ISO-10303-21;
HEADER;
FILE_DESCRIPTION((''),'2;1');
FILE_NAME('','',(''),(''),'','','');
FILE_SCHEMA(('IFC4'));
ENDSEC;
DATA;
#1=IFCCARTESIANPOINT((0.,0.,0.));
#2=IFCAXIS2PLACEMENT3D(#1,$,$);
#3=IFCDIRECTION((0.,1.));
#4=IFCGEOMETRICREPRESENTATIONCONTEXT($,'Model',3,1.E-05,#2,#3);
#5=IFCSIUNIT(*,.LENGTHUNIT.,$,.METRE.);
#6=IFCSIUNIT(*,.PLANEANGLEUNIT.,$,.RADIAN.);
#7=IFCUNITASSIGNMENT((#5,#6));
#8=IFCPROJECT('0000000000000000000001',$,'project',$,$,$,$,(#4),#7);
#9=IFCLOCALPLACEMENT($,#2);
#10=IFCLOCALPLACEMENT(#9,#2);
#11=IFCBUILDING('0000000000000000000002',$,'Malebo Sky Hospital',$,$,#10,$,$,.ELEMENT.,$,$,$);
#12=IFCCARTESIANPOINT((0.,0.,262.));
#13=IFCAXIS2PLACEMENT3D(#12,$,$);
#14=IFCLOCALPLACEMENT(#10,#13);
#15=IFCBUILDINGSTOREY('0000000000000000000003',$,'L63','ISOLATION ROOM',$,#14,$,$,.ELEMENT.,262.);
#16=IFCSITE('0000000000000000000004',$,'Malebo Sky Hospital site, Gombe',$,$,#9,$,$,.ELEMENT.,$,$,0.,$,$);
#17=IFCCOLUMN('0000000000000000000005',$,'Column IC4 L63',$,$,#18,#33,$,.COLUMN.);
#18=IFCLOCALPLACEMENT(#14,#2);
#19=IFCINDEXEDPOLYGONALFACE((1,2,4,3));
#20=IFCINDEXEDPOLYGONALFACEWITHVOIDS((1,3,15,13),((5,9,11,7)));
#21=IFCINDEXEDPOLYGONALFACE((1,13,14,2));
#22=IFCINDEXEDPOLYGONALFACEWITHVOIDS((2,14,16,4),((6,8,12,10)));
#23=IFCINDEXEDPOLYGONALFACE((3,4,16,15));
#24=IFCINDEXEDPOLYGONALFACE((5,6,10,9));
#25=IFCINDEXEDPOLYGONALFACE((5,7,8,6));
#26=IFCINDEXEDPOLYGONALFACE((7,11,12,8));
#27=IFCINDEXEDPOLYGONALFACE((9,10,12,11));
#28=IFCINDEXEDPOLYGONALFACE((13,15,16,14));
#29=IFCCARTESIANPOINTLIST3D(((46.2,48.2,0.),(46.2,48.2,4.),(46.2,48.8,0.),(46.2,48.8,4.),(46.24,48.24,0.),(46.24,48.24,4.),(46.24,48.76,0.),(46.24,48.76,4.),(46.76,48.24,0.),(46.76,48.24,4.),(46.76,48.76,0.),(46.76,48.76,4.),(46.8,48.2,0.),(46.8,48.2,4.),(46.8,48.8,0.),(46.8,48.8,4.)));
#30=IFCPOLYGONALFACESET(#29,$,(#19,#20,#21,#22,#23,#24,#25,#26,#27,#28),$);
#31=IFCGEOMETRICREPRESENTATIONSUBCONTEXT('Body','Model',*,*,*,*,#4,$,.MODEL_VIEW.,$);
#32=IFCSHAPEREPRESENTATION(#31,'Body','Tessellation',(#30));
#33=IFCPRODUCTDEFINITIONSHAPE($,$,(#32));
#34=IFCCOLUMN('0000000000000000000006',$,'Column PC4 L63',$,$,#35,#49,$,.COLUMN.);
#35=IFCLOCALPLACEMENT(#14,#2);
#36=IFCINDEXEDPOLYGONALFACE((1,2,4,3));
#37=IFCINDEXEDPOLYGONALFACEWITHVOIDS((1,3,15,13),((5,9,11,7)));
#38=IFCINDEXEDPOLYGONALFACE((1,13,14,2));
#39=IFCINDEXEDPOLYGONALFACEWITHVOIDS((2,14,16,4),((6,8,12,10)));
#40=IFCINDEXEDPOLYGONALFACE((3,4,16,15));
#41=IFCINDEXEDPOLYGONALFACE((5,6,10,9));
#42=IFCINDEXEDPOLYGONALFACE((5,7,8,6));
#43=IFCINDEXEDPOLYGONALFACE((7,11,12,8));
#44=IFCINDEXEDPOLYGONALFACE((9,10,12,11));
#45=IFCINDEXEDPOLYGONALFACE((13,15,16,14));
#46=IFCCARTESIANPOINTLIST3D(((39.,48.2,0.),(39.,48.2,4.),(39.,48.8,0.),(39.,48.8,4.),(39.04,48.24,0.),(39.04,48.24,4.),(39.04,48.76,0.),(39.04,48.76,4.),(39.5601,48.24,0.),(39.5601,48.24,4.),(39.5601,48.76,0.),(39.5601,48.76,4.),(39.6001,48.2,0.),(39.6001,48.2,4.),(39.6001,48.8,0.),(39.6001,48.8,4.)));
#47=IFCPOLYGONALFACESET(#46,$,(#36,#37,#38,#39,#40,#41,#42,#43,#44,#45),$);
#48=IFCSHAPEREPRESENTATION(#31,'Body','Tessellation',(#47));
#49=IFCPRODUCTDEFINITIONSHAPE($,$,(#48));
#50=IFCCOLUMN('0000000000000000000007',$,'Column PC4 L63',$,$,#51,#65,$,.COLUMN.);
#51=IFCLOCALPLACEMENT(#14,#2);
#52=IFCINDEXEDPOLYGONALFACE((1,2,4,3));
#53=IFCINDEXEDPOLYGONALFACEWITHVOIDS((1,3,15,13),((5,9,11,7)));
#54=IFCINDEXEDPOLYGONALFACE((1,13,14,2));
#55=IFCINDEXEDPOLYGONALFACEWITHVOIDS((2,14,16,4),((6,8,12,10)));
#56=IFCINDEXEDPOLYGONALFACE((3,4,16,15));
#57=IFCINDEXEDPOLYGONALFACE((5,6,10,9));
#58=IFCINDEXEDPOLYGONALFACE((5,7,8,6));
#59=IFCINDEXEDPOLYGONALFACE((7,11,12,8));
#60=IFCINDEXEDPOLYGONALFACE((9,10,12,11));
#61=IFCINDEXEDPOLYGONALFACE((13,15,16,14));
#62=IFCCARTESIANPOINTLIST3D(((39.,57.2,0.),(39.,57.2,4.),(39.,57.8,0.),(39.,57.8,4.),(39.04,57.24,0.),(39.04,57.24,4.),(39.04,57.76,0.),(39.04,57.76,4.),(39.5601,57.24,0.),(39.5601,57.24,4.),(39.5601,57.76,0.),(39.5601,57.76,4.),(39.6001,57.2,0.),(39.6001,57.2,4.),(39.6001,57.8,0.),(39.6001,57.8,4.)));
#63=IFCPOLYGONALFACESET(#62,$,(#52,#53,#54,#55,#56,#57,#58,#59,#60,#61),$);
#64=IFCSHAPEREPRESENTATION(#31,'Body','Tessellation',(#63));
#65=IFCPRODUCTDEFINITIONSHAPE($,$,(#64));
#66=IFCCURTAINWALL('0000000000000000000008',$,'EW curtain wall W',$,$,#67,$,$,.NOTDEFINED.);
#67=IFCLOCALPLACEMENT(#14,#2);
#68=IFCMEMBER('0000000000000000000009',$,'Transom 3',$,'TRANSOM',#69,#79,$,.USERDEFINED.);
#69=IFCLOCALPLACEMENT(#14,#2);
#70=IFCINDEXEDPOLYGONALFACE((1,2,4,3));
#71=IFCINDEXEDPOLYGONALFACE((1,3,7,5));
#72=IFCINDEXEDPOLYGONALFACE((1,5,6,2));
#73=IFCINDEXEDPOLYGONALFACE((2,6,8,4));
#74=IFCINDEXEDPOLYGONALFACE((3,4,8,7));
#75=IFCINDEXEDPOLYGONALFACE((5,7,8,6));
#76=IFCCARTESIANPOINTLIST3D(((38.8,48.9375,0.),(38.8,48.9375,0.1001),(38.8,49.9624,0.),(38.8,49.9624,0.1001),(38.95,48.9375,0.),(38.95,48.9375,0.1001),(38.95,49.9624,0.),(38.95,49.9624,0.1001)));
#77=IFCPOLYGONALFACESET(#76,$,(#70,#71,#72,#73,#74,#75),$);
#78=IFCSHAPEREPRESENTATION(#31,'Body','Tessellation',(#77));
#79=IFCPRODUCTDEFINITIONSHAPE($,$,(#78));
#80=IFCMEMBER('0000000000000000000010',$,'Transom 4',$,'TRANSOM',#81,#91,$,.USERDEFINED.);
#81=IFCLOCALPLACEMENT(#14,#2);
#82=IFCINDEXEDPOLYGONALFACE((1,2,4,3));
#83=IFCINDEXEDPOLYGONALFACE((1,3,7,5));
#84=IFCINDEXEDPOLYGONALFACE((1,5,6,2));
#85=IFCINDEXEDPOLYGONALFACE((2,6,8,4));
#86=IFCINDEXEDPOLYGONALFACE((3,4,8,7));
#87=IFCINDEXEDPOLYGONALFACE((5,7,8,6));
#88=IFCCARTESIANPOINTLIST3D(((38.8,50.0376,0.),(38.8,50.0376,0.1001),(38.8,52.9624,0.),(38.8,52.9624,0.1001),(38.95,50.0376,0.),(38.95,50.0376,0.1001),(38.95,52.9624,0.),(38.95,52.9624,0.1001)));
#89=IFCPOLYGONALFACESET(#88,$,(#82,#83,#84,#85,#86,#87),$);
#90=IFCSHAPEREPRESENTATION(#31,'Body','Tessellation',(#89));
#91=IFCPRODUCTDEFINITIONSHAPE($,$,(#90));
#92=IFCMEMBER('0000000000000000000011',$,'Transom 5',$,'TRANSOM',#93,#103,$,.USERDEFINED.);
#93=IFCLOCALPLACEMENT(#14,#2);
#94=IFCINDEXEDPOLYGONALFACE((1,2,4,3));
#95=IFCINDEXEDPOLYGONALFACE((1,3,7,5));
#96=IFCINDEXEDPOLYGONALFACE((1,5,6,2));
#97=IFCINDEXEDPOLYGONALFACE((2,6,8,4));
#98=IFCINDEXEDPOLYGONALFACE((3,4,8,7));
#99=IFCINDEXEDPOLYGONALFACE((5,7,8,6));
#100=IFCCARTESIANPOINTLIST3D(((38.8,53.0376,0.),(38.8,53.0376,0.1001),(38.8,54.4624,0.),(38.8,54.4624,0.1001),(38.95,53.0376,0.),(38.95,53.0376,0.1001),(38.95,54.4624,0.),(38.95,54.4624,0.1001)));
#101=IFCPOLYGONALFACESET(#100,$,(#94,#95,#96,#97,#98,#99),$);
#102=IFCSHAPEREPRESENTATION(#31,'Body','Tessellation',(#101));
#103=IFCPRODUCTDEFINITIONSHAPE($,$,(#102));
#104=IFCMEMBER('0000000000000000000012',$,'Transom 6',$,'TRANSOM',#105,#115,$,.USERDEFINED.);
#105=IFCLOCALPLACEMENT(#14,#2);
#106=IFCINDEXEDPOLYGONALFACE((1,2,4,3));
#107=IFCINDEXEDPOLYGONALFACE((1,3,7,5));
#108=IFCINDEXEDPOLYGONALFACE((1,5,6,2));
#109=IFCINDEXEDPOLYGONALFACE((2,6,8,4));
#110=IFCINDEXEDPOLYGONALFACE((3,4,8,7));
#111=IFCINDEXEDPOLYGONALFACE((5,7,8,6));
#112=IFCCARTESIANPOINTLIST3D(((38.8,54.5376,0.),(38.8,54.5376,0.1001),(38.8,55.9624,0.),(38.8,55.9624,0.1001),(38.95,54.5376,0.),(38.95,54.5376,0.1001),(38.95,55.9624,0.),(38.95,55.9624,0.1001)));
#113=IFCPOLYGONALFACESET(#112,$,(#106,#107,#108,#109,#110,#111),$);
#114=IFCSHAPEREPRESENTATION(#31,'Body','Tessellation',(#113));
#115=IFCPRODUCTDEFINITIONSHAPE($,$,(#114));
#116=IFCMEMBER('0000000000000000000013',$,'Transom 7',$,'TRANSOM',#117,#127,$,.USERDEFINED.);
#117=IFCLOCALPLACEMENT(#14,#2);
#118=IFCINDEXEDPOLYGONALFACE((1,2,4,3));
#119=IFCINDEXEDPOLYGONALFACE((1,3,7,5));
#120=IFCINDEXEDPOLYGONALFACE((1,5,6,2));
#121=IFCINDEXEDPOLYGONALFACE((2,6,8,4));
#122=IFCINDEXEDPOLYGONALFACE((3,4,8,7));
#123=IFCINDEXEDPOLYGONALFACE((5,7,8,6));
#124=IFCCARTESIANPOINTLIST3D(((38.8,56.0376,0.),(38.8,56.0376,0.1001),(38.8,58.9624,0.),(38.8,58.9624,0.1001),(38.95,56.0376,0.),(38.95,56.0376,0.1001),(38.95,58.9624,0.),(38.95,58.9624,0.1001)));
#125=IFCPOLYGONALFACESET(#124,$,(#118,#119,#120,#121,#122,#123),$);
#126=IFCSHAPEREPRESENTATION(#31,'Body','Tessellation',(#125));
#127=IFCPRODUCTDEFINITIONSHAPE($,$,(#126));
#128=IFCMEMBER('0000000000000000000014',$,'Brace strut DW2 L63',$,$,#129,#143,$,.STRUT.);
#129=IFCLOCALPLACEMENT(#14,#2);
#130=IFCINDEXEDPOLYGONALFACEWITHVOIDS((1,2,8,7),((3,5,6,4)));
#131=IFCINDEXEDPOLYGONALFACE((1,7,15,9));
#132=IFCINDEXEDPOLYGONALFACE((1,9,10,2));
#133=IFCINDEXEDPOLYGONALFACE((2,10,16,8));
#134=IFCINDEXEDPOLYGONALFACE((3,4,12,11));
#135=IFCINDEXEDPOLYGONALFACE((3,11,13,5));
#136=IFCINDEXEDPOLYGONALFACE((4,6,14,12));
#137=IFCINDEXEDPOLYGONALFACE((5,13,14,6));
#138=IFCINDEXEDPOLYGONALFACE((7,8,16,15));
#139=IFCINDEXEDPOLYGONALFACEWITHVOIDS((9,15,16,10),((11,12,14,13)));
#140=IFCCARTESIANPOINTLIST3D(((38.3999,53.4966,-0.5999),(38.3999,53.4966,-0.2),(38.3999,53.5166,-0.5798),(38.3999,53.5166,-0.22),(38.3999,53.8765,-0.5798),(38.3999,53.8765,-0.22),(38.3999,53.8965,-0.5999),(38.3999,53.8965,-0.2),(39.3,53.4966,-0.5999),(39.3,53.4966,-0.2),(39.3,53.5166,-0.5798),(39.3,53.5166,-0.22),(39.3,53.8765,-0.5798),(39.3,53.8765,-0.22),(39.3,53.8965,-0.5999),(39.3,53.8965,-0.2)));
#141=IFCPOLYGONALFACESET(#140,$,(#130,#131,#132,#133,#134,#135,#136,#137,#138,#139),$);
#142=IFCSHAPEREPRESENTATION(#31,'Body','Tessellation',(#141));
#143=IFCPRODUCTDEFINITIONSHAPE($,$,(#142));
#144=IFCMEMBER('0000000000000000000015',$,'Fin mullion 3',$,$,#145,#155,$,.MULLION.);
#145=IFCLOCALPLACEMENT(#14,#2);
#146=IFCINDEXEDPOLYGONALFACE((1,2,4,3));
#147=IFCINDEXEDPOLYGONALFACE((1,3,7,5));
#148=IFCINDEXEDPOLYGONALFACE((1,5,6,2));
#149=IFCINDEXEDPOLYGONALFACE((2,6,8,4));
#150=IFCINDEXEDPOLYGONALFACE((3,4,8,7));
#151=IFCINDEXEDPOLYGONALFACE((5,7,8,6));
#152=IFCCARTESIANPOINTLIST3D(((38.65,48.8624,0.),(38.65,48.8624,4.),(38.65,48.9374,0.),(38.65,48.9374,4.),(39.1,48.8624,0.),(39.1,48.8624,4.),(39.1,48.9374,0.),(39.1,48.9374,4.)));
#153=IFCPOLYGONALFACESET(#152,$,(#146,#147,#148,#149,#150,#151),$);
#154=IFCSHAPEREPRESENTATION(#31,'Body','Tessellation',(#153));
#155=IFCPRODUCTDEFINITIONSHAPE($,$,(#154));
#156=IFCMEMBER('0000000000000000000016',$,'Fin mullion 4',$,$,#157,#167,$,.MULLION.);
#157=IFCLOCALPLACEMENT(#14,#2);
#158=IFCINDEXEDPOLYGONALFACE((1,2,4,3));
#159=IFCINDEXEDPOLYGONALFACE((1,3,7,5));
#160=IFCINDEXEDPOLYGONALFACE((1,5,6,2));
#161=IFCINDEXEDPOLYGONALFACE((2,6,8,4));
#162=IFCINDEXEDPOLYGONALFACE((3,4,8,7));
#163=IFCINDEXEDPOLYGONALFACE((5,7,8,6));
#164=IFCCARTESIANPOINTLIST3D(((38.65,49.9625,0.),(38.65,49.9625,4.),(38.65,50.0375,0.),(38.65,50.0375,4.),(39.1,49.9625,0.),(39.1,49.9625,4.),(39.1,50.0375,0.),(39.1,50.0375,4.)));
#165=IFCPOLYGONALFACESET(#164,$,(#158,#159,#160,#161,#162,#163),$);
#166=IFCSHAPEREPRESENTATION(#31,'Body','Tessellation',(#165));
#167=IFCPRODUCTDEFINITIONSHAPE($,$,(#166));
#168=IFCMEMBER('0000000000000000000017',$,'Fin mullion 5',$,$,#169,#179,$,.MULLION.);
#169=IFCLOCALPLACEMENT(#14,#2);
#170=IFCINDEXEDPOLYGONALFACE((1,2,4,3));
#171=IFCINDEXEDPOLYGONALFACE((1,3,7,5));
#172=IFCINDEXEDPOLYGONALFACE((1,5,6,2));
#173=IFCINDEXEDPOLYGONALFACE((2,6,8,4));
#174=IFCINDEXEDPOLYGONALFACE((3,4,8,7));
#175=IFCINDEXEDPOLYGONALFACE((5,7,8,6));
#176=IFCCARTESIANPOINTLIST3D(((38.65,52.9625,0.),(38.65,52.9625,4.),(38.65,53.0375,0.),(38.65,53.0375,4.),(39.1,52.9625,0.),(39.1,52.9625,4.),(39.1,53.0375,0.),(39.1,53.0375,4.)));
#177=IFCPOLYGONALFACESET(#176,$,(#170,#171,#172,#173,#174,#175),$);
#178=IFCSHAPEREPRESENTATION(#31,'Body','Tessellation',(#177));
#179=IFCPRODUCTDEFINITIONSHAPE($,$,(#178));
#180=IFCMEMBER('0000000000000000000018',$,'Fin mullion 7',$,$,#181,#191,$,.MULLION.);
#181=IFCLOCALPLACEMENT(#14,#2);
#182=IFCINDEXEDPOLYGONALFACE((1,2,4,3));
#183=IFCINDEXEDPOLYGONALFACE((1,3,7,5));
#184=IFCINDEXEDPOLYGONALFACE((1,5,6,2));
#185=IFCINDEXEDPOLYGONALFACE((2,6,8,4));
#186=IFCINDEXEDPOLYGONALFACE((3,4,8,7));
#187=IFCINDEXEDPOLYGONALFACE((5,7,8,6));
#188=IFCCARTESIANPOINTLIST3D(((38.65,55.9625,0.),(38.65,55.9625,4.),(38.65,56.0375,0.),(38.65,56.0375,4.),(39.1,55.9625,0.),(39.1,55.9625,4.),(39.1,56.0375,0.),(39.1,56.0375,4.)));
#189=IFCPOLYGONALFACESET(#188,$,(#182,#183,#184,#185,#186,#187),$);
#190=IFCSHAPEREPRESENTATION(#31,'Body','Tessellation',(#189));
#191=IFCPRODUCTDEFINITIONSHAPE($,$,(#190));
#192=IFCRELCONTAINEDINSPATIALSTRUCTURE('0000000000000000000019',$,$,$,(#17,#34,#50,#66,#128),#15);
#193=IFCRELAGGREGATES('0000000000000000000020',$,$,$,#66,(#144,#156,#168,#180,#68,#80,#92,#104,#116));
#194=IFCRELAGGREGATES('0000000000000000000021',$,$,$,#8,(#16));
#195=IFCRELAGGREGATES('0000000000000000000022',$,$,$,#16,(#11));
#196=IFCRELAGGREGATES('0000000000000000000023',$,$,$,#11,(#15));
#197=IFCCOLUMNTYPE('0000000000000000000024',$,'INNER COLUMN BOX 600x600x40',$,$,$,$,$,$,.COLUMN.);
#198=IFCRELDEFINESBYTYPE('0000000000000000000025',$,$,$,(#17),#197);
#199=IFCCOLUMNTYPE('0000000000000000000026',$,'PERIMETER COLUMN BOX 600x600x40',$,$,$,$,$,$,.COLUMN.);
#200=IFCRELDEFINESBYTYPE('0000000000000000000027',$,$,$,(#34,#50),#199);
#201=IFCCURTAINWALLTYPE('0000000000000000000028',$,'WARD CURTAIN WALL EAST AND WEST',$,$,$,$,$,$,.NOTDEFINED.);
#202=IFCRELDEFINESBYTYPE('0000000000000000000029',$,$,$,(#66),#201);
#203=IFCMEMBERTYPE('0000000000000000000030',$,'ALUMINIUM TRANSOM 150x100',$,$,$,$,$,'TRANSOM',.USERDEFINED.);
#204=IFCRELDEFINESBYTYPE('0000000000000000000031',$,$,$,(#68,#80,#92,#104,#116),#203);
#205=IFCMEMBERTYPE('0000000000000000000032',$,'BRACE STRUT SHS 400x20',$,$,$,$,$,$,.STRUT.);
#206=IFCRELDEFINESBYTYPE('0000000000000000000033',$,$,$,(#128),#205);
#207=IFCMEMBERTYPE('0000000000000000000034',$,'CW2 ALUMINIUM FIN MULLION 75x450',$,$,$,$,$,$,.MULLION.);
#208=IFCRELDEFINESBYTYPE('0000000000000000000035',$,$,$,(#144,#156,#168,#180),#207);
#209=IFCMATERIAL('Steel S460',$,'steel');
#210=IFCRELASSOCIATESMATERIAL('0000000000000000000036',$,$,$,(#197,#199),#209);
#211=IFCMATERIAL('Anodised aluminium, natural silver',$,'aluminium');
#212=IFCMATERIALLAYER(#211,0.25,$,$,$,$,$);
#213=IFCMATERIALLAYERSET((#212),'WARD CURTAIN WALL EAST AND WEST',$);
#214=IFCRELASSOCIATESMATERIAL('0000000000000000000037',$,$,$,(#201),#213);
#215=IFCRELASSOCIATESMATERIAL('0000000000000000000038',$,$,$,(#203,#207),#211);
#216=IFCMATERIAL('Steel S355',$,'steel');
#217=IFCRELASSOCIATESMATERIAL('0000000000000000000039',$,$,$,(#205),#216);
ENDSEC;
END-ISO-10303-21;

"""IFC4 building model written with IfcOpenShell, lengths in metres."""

from ifc_helpers import new_model, si_unit, direction, frame, origin, origin_2d, place, context, subcontext, project, spatial, rectangle, hollow_rectangle, extrude, material, layer, layer_set, material_profile, profile_set, type_object, element, aggregate, save


model = new_model("IFC4")

# Units and contexts
model_context = context("Model", 3, precision=1e-05, world=origin(), true_north=direction((0.0, 1.0)))
body_context = subcontext(model_context, "Body", "Model", "MODEL_VIEW")
ifc_project = project(units=[si_unit("LENGTHUNIT", "METRE"), si_unit("PLANEANGLEUNIT", "RADIAN")], contexts=[model_context])

# Site, building, storey
site_placement = place(None, origin())
site = spatial("IfcSite", under=ifc_project, at=site_placement, Name="Malebo Sky Hospital site, Gombe", CompositionType="ELEMENT", RefElevation=0.0)
building_placement = place(site_placement, origin())
building = spatial("IfcBuilding", under=site, at=building_placement, Name="Malebo Sky Hospital", CompositionType="ELEMENT")
storey_placement = place(building_placement, frame((0.0, 0.0, 262.0)))
storey = spatial("IfcBuildingStorey", under=building, at=storey_placement, Name="L63", Description="ISOLATION ROOM", CompositionType="ELEMENT", Elevation=262.0)

# Columns
ifc_material_1 = material(Name="Steel S460", Category="steel")
ifc_material_profile_1 = material_profile(ifc_material_1, hollow_rectangle(XDim=0.6001, YDim=0.6001, WallThickness=0.04, at=origin_2d()), Name="BOX 600x600x40")
ifc_profile_set_1 = profile_set([ifc_material_profile_1], Name="Steel S460")
column_type_1 = type_object("IfcColumnType", Name="INNER COLUMN BOX 600x600x40", PredefinedType="COLUMN", material=ifc_profile_set_1)
column_placement = place(storey_placement, frame((46.5, 48.5, 0.0), z_axis=(0.0, 0.0, 1.0), x_axis=(1.0, 0.0, 0.0)))
element("IfcColumn", 1, at=column_placement, inside=storey, type_object=column_type_1, Name="Column IC4 L63", PredefinedType="COLUMN", context=body_context, shape_type="SweptSolid", body=[
    extrude(hollow_rectangle(XDim=0.6001, YDim=0.6001, WallThickness=0.04, at=origin_2d()), origin(), (0.0, 0.0, 1.0), 4.0),
])
ifc_material_profile_2 = material_profile(ifc_material_1, hollow_rectangle(XDim=0.6001, YDim=0.6001, WallThickness=0.04, at=origin_2d()), Name="BOX 600x600x40")
ifc_profile_set_2 = profile_set([ifc_material_profile_2], Name="Steel S460")
column_type_2 = type_object("IfcColumnType", Name="PERIMETER COLUMN BOX 600x600x40", PredefinedType="COLUMN", material=ifc_profile_set_2)
for number, where, z_axis, x_axis, name in (
    (2, (39.3, 48.5, 0.0), (0.0, 0.0, 1.0), (1.0, 0.0, 0.0), "Column PC4 L63"),
    (3, (39.3, 57.5, 0.0), (0.0, 0.0, 1.0), (1.0, 0.0, 0.0), "Column PC4 L63"),
):
    element("IfcColumn", number, at=place(storey_placement, frame(where, z_axis=z_axis, x_axis=x_axis)), inside=storey, type_object=column_type_2, Name=name, PredefinedType="COLUMN", context=body_context, shape_type="SweptSolid", body=[
        extrude(hollow_rectangle(XDim=0.6001, YDim=0.6001, WallThickness=0.04, at=origin_2d()), origin(), (0.0, 0.0, 1.0), 4.0),
    ])

# Curtain wall, members
ifc_material_2 = material(Name="Anodised aluminium, natural silver", Category="aluminium")
ifc_layer_1 = layer(ifc_material_2, 0.25)
ifc_layer_set_1 = layer_set([ifc_layer_1], Name="WARD CURTAIN WALL EAST AND WEST")
curtain_wall_type = type_object("IfcCurtainWallType", Name="WARD CURTAIN WALL EAST AND WEST", PredefinedType="NOTDEFINED", material=ifc_layer_set_1)
curtain_wall_placement = place(storey_placement, origin())
curtain_wall = element("IfcCurtainWall", 4, at=curtain_wall_placement, inside=storey, type_object=curtain_wall_type, Name="EW curtain wall W", PredefinedType="NOTDEFINED")
ifc_material_profile_3 = material_profile(ifc_material_2, rectangle(XDim=0.1499, YDim=0.1001, at=origin_2d()), Name="ALUMINIUM TRANSOM 150x100")
ifc_profile_set_3 = profile_set([ifc_material_profile_3], Name="Anodised aluminium, natural silver")
member_type_1 = type_object("IfcMemberType", Name="ALUMINIUM TRANSOM 150x100", ElementType="TRANSOM", PredefinedType="USERDEFINED", material=ifc_profile_set_3)
member_1_placement = place(storey_placement, frame((38.875, 48.9375, 0.05), z_axis=(0.0, 1.0, 0.0), x_axis=(-1.0, 0.0, 0.0)))
member_1 = element("IfcMember", 5, at=member_1_placement, type_object=member_type_1, Name="Transom 3", ObjectType="TRANSOM", PredefinedType="USERDEFINED", context=body_context, shape_type="SweptSolid", body=[
    extrude(rectangle(XDim=0.1499, YDim=0.1001, at=origin_2d()), origin(), (0.0, 0.0, 1.0), 1.0249),
])
member_2_placement = place(storey_placement, frame((38.875, 50.0376, 0.05), z_axis=(0.0, 1.0, 0.0), x_axis=(-1.0, 0.0, 0.0)))
member_2 = element("IfcMember", 6, at=member_2_placement, type_object=member_type_1, Name="Transom 4", ObjectType="TRANSOM", PredefinedType="USERDEFINED", context=body_context, shape_type="SweptSolid", body=[
    extrude(rectangle(XDim=0.1499, YDim=0.1001, at=origin_2d()), origin(), (0.0, 0.0, 1.0), 2.9248),
])
member_3_placement = place(storey_placement, frame((38.875, 53.0376, 0.05), z_axis=(0.0, 1.0, 0.0), x_axis=(-1.0, 0.0, 0.0)))
member_3 = element("IfcMember", 7, at=member_3_placement, type_object=member_type_1, Name="Transom 5", ObjectType="TRANSOM", PredefinedType="USERDEFINED", context=body_context, shape_type="SweptSolid", body=[
    extrude(rectangle(XDim=0.1499, YDim=0.1001, at=origin_2d()), origin(), (0.0, 0.0, 1.0), 1.4248),
])
member_4_placement = place(storey_placement, frame((38.875, 54.5376, 0.05), z_axis=(0.0, 1.0, 0.0), x_axis=(-1.0, 0.0, 0.0)))
member_4 = element("IfcMember", 8, at=member_4_placement, type_object=member_type_1, Name="Transom 6", ObjectType="TRANSOM", PredefinedType="USERDEFINED", context=body_context, shape_type="SweptSolid", body=[
    extrude(rectangle(XDim=0.1499, YDim=0.1001, at=origin_2d()), origin(), (0.0, 0.0, 1.0), 1.4248),
])
member_5_placement = place(storey_placement, frame((38.875, 56.0376, 0.05), z_axis=(0.0, 1.0, 0.0), x_axis=(-1.0, 0.0, 0.0)))
member_5 = element("IfcMember", 9, at=member_5_placement, type_object=member_type_1, Name="Transom 7", ObjectType="TRANSOM", PredefinedType="USERDEFINED", context=body_context, shape_type="SweptSolid", body=[
    extrude(rectangle(XDim=0.1499, YDim=0.1001, at=origin_2d()), origin(), (0.0, 0.0, 1.0), 2.9248),
])

# Members
ifc_material_3 = material(Name="Steel S355", Category="steel")
ifc_material_profile_4 = material_profile(ifc_material_3, hollow_rectangle(XDim=0.3999, YDim=0.3999, WallThickness=0.02, at=origin_2d()), Name="SHS 400x20")
ifc_profile_set_4 = profile_set([ifc_material_profile_4], Name="Steel S355")
member_type_2 = type_object("IfcMemberType", Name="BRACE STRUT SHS 400x20", PredefinedType="STRUT", material=ifc_profile_set_4)
member_6_placement = place(storey_placement, frame((38.3999, 53.6965, -0.3999), z_axis=(1.0, 0.0, 0.0), x_axis=(0.0, 1.0, 0.0)))
element("IfcMember", 10, at=member_6_placement, inside=storey, type_object=member_type_2, Name="Brace strut DW2 L63", PredefinedType="STRUT", context=body_context, shape_type="SweptSolid", body=[
    extrude(hollow_rectangle(XDim=0.3999, YDim=0.3999, WallThickness=0.02, at=origin_2d()), origin(), (0.0, 0.0, 1.0), 0.9001),
])
ifc_material_profile_5 = material_profile(ifc_material_2, rectangle(XDim=0.075, YDim=0.45, at=origin_2d()), Name="CW2 ALUMINIUM FIN MULLION 75x450")
ifc_profile_set_5 = profile_set([ifc_material_profile_5], Name="Anodised aluminium, natural silver")
member_type_3 = type_object("IfcMemberType", Name="CW2 ALUMINIUM FIN MULLION 75x450", PredefinedType="MULLION", material=ifc_profile_set_5)
member_7_placement = place(storey_placement, frame((38.875, 48.8999, 0.0), z_axis=(0.0, 0.0, 1.0), x_axis=(0.0, 1.0, 0.0)))
member_7 = element("IfcMember", 11, at=member_7_placement, type_object=member_type_3, Name="Fin mullion 3", PredefinedType="MULLION", context=body_context, shape_type="SweptSolid", body=[
    extrude(rectangle(XDim=0.075, YDim=0.45, at=origin_2d()), origin(), (0.0, 0.0, 1.0), 4.0),
])
member_8_placement = place(storey_placement, frame((38.875, 50.0, 0.0), z_axis=(0.0, 0.0, 1.0), x_axis=(0.0, 1.0, 0.0)))
member_8 = element("IfcMember", 12, at=member_8_placement, type_object=member_type_3, Name="Fin mullion 4", PredefinedType="MULLION", context=body_context, shape_type="SweptSolid", body=[
    extrude(rectangle(XDim=0.075, YDim=0.45, at=origin_2d()), origin(), (0.0, 0.0, 1.0), 4.0),
])
member_9_placement = place(storey_placement, frame((38.875, 53.0, 0.0), z_axis=(0.0, 0.0, 1.0), x_axis=(0.0, 1.0, 0.0)))
member_9 = element("IfcMember", 13, at=member_9_placement, type_object=member_type_3, Name="Fin mullion 5", PredefinedType="MULLION", context=body_context, shape_type="SweptSolid", body=[
    extrude(rectangle(XDim=0.075, YDim=0.45, at=origin_2d()), origin(), (0.0, 0.0, 1.0), 4.0),
])
member_10_placement = place(storey_placement, frame((38.875, 56.0, 0.0), z_axis=(0.0, 0.0, 1.0), x_axis=(0.0, 1.0, 0.0)))
member_10 = element("IfcMember", 14, at=member_10_placement, type_object=member_type_3, Name="Fin mullion 7", PredefinedType="MULLION", context=body_context, shape_type="SweptSolid", body=[
    extrude(rectangle(XDim=0.075, YDim=0.45, at=origin_2d()), origin(), (0.0, 0.0, 1.0), 4.0),
])

aggregate(curtain_wall, [member_7, member_8, member_9, member_10, member_1, member_2, member_3, member_4, member_5])

save(model, "model.ifc")
